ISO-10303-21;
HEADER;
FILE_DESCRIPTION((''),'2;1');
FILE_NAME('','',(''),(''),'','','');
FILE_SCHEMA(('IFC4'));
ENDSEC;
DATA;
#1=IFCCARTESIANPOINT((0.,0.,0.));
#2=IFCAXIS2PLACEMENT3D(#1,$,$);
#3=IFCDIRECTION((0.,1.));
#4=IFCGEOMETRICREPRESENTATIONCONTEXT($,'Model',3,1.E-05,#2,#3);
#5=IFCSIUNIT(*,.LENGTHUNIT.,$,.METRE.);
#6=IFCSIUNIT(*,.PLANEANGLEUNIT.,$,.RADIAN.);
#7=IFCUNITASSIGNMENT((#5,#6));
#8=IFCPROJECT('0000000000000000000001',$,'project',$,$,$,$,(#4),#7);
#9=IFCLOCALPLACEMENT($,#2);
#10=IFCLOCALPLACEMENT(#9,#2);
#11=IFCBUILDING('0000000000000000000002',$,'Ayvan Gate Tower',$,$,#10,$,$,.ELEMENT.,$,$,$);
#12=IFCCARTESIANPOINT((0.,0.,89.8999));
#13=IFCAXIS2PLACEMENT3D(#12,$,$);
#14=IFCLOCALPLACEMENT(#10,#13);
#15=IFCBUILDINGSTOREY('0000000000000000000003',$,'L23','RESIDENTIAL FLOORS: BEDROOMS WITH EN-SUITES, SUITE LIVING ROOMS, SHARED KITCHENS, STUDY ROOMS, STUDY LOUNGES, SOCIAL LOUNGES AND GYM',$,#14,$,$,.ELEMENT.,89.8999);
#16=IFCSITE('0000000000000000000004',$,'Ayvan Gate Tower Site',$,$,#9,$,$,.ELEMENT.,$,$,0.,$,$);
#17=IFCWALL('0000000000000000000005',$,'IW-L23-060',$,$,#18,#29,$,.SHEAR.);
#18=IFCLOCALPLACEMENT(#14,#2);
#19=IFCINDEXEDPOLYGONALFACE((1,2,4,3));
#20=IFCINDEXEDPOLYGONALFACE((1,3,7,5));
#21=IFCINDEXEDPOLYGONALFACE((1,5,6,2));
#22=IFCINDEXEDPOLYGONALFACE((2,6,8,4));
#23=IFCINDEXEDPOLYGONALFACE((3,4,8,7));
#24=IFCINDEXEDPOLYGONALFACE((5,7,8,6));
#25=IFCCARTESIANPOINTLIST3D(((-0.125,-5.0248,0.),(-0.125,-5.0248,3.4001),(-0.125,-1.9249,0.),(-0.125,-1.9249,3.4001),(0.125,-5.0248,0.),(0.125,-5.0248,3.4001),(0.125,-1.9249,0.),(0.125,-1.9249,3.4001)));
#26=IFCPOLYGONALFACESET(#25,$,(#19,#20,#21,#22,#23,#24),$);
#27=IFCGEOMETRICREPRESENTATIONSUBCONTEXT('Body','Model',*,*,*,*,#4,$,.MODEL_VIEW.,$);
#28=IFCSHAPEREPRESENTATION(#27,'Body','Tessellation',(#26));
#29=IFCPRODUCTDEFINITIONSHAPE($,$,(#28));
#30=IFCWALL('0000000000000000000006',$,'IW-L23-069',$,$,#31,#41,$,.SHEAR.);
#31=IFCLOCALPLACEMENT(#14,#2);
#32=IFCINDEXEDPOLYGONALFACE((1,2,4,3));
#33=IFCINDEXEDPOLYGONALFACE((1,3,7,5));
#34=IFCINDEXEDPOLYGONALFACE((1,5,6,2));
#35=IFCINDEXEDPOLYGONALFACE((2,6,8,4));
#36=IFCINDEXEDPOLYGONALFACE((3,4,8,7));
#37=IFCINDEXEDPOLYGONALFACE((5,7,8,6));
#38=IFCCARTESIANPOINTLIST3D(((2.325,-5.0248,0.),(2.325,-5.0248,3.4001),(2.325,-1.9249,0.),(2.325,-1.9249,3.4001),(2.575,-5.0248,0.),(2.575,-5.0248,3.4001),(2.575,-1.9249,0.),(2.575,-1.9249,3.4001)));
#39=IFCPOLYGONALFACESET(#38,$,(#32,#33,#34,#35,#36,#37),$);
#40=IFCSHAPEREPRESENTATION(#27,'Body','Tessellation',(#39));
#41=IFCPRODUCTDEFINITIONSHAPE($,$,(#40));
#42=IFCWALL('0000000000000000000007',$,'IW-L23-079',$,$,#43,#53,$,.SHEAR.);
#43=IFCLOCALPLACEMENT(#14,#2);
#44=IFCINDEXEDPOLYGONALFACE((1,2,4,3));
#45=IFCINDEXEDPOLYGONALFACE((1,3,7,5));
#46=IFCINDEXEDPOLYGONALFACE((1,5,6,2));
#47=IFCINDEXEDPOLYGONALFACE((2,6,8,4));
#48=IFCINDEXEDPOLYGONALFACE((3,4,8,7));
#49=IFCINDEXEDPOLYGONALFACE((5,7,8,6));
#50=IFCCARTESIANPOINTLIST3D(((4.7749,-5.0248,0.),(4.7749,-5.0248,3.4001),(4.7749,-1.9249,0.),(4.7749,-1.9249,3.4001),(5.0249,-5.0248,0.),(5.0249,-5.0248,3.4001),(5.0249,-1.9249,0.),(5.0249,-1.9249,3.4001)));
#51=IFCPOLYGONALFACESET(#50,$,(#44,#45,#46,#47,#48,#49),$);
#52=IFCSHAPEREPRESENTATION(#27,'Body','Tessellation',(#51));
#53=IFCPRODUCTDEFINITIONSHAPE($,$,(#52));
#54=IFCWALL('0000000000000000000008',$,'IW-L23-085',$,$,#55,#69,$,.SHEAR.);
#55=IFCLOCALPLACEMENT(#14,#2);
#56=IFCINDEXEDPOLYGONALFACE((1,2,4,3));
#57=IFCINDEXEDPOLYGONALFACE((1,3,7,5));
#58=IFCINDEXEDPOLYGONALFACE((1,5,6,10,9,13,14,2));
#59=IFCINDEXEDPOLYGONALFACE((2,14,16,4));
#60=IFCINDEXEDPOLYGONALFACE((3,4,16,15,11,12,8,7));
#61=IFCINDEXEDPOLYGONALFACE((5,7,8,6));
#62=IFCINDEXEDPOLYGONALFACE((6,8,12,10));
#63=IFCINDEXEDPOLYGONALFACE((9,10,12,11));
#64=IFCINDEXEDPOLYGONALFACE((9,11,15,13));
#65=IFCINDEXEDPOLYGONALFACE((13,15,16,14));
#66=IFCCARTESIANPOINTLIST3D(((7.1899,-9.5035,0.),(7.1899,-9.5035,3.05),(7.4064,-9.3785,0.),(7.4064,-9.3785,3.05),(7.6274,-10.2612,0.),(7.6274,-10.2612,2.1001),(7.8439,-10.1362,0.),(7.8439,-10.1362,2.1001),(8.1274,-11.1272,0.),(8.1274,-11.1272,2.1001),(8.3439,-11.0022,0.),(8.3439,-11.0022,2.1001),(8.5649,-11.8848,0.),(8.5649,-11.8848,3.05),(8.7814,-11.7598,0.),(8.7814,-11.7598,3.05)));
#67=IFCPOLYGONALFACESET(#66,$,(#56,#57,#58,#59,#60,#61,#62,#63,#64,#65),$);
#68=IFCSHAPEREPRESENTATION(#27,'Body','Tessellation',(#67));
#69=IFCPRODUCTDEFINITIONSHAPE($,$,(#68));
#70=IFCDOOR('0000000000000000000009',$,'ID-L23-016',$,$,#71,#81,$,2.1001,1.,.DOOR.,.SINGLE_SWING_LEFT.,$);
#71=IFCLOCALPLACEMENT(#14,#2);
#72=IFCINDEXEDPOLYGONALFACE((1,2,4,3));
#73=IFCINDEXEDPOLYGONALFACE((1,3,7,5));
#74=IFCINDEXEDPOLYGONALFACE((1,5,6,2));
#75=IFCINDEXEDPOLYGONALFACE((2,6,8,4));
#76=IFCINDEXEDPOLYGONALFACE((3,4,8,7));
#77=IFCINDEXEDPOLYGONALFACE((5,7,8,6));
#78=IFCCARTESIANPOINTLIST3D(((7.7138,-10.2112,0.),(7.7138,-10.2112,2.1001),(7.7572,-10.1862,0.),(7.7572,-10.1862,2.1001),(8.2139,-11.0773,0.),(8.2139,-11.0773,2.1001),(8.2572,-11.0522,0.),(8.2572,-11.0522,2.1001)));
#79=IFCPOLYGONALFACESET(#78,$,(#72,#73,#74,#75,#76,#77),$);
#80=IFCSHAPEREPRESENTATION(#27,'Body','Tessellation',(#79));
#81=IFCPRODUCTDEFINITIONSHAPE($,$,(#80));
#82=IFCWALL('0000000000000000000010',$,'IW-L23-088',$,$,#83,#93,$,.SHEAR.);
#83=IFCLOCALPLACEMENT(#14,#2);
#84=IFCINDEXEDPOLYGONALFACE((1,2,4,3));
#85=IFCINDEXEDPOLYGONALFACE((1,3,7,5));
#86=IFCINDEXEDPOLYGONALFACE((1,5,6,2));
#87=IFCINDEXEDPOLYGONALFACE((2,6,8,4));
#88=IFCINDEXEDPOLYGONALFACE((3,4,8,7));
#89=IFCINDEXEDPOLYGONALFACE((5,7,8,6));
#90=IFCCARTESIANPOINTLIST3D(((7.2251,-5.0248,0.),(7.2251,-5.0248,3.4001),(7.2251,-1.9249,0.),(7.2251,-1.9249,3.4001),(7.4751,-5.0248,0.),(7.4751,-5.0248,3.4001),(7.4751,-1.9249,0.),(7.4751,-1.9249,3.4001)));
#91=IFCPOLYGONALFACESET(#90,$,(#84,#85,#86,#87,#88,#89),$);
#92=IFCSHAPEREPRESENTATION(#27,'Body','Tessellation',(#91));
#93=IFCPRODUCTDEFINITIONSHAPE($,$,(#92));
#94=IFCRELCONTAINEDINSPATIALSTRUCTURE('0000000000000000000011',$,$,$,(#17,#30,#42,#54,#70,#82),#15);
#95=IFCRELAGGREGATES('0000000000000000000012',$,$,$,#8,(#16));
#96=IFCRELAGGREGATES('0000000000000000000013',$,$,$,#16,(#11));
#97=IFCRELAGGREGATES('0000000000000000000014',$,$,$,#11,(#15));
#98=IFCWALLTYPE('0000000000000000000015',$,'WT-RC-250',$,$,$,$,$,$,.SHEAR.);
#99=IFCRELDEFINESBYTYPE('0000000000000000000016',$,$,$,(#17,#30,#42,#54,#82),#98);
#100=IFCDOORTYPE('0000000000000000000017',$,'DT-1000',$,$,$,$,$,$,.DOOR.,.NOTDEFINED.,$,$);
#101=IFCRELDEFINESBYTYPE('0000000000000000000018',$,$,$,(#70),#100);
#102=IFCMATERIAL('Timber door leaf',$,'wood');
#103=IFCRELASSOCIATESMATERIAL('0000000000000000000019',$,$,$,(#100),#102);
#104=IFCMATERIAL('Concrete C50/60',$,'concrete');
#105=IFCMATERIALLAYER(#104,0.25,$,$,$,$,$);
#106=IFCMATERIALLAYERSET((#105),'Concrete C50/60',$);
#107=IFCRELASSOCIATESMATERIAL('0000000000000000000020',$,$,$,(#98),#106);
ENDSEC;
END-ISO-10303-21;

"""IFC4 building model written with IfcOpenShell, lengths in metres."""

from ifc_helpers import new_model, si_unit, direction, frame, frame_2d, origin, place, context, subcontext, project, spatial, rectangle, extrude, material, layer, layer_set, type_object, element, fill, save


model = new_model("IFC4")

# Units and contexts
model_context = context("Model", 3, precision=1e-05, world=origin(), true_north=direction((0.0, 1.0)))
body_context = subcontext(model_context, "Body", "Model", "MODEL_VIEW")
ifc_project = project(units=[si_unit("LENGTHUNIT", "METRE"), si_unit("PLANEANGLEUNIT", "RADIAN")], contexts=[model_context])

# Site, building, storey
site_placement = place(None, origin())
site = spatial("IfcSite", under=ifc_project, at=site_placement, Name="Ayvan Gate Tower Site", CompositionType="ELEMENT", RefElevation=0.0)
building_placement = place(site_placement, origin())
building = spatial("IfcBuilding", under=site, at=building_placement, Name="Ayvan Gate Tower", CompositionType="ELEMENT")
storey_placement = place(building_placement, frame((0.0, 0.0, 89.8999)))
storey = spatial("IfcBuildingStorey", under=building, at=storey_placement, Name="L23", Description="RESIDENTIAL FLOORS: BEDROOMS WITH EN-SUITES, SUITE LIVING ROOMS, SHARED KITCHENS, STUDY ROOMS, STUDY LOUNGES, SOCIAL LOUNGES AND GYM", CompositionType="ELEMENT", Elevation=89.8999)

# Shared definitions
ifc_material_1 = material(Name="Timber door leaf", Category="wood")
door_type_1 = type_object("IfcDoorType", Name="DT-1000", OperationType="NOTDEFINED", PredefinedType="DOOR", material=ifc_material_1)

# Walls
ifc_material_2 = material(Name="Concrete C50/60", Category="concrete")
ifc_layer_1 = layer(ifc_material_2, 0.25)
ifc_layer_set_1 = layer_set([ifc_layer_1], Name="Concrete C50/60")
wall_type_1 = type_object("IfcWallType", Name="WT-RC-250", PredefinedType="SHEAR", material=ifc_layer_set_1)
for number, where, z_axis, x_axis, name in (
    (1, (0.0, -1.925, 0.0), (0.0, 0.0, 1.0), (0.0, -1.0, 0.0), "IW-L23-060"),
    (2, (2.45, -1.925, 0.0), (0.0, 0.0, 1.0), (0.0, -1.0, 0.0), "IW-L23-069"),
    (3, (4.8999, -1.925, 0.0), (0.0, 0.0, 1.0), (0.0, -1.0, 0.0), "IW-L23-079"),
):
    element("IfcWall", number, at=place(storey_placement, frame(where, z_axis=z_axis, x_axis=x_axis)), inside=storey, type_object=wall_type_1, Name=name, PredefinedType="SHEAR", context=body_context, shape_type="SweptSolid", body=[
        extrude(rectangle(XDim=3.0999, YDim=0.25, at=frame_2d((1.5498, 0.0))), origin(), (0.0, 0.0, 1.0), 3.4001),
    ])

# Wall, opening, door
wall_1_placement = place(storey_placement, frame((7.2981, -9.4409, 0.0), z_axis=(0.0, 0.0, 1.0), x_axis=(0.500035, -0.866005, 0.0)))
wall_1 = element("IfcWall", 4, at=wall_1_placement, inside=storey, type_object=wall_type_1, Name="IW-L23-085", PredefinedType="SHEAR", context=body_context, shape_type="SweptSolid", body=[
    extrude(rectangle(XDim=2.7498, YDim=0.25, at=frame_2d((1.375, 0.0))), origin(), (0.0, 0.0, 1.0), 3.05),
])
opening_1_placement = place(wall_1_placement, frame((0.875, 0.0, 0.0)))
opening_1 = element("IfcOpeningElement", 5, at=opening_1_placement, cuts=wall_1, PredefinedType="OPENING", context=body_context, shape_type="SweptSolid", body=[
    extrude(rectangle(XDim=1.0, YDim=2.1001, at=frame_2d((0.5, 1.05))), frame((0.0, 0.135, 0.0), z_axis=(0.0, -1.0, 0.0), x_axis=(1.0, 0.0, 0.0)), (0.0, 0.0, 1.0), 0.27),
])
door_1_placement = place(opening_1_placement, origin())
door_1 = element("IfcDoor", 6, at=door_1_placement, inside=storey, type_object=door_type_1, Name="ID-L23-016", OperationType="SINGLE_SWING_LEFT", OverallHeight=2.1001, OverallWidth=1.0, PredefinedType="DOOR", context=body_context, shape_type="SweptSolid", body=[
    extrude(rectangle(XDim=1.0, YDim=2.1001, at=frame_2d((0.5, 1.05))), frame((0.0, 0.0249, 0.0), z_axis=(0.0, -1.0, 0.0), x_axis=(1.0, 0.0, 0.0)), (0.0, 0.0, 1.0), 0.05),
])
fill(opening_1, door_1)

# Wall
wall_2_placement = place(storey_placement, frame((7.3501, -1.925, 0.0), z_axis=(0.0, 0.0, 1.0), x_axis=(0.0, -1.0, 0.0)))
element("IfcWall", 7, at=wall_2_placement, inside=storey, type_object=wall_type_1, Name="IW-L23-088", PredefinedType="SHEAR", context=body_context, shape_type="SweptSolid", body=[
    extrude(rectangle(XDim=3.0999, YDim=0.25, at=frame_2d((1.5498, 0.0))), origin(), (0.0, 0.0, 1.0), 3.4001),
])

save(model, "model.ifc")
